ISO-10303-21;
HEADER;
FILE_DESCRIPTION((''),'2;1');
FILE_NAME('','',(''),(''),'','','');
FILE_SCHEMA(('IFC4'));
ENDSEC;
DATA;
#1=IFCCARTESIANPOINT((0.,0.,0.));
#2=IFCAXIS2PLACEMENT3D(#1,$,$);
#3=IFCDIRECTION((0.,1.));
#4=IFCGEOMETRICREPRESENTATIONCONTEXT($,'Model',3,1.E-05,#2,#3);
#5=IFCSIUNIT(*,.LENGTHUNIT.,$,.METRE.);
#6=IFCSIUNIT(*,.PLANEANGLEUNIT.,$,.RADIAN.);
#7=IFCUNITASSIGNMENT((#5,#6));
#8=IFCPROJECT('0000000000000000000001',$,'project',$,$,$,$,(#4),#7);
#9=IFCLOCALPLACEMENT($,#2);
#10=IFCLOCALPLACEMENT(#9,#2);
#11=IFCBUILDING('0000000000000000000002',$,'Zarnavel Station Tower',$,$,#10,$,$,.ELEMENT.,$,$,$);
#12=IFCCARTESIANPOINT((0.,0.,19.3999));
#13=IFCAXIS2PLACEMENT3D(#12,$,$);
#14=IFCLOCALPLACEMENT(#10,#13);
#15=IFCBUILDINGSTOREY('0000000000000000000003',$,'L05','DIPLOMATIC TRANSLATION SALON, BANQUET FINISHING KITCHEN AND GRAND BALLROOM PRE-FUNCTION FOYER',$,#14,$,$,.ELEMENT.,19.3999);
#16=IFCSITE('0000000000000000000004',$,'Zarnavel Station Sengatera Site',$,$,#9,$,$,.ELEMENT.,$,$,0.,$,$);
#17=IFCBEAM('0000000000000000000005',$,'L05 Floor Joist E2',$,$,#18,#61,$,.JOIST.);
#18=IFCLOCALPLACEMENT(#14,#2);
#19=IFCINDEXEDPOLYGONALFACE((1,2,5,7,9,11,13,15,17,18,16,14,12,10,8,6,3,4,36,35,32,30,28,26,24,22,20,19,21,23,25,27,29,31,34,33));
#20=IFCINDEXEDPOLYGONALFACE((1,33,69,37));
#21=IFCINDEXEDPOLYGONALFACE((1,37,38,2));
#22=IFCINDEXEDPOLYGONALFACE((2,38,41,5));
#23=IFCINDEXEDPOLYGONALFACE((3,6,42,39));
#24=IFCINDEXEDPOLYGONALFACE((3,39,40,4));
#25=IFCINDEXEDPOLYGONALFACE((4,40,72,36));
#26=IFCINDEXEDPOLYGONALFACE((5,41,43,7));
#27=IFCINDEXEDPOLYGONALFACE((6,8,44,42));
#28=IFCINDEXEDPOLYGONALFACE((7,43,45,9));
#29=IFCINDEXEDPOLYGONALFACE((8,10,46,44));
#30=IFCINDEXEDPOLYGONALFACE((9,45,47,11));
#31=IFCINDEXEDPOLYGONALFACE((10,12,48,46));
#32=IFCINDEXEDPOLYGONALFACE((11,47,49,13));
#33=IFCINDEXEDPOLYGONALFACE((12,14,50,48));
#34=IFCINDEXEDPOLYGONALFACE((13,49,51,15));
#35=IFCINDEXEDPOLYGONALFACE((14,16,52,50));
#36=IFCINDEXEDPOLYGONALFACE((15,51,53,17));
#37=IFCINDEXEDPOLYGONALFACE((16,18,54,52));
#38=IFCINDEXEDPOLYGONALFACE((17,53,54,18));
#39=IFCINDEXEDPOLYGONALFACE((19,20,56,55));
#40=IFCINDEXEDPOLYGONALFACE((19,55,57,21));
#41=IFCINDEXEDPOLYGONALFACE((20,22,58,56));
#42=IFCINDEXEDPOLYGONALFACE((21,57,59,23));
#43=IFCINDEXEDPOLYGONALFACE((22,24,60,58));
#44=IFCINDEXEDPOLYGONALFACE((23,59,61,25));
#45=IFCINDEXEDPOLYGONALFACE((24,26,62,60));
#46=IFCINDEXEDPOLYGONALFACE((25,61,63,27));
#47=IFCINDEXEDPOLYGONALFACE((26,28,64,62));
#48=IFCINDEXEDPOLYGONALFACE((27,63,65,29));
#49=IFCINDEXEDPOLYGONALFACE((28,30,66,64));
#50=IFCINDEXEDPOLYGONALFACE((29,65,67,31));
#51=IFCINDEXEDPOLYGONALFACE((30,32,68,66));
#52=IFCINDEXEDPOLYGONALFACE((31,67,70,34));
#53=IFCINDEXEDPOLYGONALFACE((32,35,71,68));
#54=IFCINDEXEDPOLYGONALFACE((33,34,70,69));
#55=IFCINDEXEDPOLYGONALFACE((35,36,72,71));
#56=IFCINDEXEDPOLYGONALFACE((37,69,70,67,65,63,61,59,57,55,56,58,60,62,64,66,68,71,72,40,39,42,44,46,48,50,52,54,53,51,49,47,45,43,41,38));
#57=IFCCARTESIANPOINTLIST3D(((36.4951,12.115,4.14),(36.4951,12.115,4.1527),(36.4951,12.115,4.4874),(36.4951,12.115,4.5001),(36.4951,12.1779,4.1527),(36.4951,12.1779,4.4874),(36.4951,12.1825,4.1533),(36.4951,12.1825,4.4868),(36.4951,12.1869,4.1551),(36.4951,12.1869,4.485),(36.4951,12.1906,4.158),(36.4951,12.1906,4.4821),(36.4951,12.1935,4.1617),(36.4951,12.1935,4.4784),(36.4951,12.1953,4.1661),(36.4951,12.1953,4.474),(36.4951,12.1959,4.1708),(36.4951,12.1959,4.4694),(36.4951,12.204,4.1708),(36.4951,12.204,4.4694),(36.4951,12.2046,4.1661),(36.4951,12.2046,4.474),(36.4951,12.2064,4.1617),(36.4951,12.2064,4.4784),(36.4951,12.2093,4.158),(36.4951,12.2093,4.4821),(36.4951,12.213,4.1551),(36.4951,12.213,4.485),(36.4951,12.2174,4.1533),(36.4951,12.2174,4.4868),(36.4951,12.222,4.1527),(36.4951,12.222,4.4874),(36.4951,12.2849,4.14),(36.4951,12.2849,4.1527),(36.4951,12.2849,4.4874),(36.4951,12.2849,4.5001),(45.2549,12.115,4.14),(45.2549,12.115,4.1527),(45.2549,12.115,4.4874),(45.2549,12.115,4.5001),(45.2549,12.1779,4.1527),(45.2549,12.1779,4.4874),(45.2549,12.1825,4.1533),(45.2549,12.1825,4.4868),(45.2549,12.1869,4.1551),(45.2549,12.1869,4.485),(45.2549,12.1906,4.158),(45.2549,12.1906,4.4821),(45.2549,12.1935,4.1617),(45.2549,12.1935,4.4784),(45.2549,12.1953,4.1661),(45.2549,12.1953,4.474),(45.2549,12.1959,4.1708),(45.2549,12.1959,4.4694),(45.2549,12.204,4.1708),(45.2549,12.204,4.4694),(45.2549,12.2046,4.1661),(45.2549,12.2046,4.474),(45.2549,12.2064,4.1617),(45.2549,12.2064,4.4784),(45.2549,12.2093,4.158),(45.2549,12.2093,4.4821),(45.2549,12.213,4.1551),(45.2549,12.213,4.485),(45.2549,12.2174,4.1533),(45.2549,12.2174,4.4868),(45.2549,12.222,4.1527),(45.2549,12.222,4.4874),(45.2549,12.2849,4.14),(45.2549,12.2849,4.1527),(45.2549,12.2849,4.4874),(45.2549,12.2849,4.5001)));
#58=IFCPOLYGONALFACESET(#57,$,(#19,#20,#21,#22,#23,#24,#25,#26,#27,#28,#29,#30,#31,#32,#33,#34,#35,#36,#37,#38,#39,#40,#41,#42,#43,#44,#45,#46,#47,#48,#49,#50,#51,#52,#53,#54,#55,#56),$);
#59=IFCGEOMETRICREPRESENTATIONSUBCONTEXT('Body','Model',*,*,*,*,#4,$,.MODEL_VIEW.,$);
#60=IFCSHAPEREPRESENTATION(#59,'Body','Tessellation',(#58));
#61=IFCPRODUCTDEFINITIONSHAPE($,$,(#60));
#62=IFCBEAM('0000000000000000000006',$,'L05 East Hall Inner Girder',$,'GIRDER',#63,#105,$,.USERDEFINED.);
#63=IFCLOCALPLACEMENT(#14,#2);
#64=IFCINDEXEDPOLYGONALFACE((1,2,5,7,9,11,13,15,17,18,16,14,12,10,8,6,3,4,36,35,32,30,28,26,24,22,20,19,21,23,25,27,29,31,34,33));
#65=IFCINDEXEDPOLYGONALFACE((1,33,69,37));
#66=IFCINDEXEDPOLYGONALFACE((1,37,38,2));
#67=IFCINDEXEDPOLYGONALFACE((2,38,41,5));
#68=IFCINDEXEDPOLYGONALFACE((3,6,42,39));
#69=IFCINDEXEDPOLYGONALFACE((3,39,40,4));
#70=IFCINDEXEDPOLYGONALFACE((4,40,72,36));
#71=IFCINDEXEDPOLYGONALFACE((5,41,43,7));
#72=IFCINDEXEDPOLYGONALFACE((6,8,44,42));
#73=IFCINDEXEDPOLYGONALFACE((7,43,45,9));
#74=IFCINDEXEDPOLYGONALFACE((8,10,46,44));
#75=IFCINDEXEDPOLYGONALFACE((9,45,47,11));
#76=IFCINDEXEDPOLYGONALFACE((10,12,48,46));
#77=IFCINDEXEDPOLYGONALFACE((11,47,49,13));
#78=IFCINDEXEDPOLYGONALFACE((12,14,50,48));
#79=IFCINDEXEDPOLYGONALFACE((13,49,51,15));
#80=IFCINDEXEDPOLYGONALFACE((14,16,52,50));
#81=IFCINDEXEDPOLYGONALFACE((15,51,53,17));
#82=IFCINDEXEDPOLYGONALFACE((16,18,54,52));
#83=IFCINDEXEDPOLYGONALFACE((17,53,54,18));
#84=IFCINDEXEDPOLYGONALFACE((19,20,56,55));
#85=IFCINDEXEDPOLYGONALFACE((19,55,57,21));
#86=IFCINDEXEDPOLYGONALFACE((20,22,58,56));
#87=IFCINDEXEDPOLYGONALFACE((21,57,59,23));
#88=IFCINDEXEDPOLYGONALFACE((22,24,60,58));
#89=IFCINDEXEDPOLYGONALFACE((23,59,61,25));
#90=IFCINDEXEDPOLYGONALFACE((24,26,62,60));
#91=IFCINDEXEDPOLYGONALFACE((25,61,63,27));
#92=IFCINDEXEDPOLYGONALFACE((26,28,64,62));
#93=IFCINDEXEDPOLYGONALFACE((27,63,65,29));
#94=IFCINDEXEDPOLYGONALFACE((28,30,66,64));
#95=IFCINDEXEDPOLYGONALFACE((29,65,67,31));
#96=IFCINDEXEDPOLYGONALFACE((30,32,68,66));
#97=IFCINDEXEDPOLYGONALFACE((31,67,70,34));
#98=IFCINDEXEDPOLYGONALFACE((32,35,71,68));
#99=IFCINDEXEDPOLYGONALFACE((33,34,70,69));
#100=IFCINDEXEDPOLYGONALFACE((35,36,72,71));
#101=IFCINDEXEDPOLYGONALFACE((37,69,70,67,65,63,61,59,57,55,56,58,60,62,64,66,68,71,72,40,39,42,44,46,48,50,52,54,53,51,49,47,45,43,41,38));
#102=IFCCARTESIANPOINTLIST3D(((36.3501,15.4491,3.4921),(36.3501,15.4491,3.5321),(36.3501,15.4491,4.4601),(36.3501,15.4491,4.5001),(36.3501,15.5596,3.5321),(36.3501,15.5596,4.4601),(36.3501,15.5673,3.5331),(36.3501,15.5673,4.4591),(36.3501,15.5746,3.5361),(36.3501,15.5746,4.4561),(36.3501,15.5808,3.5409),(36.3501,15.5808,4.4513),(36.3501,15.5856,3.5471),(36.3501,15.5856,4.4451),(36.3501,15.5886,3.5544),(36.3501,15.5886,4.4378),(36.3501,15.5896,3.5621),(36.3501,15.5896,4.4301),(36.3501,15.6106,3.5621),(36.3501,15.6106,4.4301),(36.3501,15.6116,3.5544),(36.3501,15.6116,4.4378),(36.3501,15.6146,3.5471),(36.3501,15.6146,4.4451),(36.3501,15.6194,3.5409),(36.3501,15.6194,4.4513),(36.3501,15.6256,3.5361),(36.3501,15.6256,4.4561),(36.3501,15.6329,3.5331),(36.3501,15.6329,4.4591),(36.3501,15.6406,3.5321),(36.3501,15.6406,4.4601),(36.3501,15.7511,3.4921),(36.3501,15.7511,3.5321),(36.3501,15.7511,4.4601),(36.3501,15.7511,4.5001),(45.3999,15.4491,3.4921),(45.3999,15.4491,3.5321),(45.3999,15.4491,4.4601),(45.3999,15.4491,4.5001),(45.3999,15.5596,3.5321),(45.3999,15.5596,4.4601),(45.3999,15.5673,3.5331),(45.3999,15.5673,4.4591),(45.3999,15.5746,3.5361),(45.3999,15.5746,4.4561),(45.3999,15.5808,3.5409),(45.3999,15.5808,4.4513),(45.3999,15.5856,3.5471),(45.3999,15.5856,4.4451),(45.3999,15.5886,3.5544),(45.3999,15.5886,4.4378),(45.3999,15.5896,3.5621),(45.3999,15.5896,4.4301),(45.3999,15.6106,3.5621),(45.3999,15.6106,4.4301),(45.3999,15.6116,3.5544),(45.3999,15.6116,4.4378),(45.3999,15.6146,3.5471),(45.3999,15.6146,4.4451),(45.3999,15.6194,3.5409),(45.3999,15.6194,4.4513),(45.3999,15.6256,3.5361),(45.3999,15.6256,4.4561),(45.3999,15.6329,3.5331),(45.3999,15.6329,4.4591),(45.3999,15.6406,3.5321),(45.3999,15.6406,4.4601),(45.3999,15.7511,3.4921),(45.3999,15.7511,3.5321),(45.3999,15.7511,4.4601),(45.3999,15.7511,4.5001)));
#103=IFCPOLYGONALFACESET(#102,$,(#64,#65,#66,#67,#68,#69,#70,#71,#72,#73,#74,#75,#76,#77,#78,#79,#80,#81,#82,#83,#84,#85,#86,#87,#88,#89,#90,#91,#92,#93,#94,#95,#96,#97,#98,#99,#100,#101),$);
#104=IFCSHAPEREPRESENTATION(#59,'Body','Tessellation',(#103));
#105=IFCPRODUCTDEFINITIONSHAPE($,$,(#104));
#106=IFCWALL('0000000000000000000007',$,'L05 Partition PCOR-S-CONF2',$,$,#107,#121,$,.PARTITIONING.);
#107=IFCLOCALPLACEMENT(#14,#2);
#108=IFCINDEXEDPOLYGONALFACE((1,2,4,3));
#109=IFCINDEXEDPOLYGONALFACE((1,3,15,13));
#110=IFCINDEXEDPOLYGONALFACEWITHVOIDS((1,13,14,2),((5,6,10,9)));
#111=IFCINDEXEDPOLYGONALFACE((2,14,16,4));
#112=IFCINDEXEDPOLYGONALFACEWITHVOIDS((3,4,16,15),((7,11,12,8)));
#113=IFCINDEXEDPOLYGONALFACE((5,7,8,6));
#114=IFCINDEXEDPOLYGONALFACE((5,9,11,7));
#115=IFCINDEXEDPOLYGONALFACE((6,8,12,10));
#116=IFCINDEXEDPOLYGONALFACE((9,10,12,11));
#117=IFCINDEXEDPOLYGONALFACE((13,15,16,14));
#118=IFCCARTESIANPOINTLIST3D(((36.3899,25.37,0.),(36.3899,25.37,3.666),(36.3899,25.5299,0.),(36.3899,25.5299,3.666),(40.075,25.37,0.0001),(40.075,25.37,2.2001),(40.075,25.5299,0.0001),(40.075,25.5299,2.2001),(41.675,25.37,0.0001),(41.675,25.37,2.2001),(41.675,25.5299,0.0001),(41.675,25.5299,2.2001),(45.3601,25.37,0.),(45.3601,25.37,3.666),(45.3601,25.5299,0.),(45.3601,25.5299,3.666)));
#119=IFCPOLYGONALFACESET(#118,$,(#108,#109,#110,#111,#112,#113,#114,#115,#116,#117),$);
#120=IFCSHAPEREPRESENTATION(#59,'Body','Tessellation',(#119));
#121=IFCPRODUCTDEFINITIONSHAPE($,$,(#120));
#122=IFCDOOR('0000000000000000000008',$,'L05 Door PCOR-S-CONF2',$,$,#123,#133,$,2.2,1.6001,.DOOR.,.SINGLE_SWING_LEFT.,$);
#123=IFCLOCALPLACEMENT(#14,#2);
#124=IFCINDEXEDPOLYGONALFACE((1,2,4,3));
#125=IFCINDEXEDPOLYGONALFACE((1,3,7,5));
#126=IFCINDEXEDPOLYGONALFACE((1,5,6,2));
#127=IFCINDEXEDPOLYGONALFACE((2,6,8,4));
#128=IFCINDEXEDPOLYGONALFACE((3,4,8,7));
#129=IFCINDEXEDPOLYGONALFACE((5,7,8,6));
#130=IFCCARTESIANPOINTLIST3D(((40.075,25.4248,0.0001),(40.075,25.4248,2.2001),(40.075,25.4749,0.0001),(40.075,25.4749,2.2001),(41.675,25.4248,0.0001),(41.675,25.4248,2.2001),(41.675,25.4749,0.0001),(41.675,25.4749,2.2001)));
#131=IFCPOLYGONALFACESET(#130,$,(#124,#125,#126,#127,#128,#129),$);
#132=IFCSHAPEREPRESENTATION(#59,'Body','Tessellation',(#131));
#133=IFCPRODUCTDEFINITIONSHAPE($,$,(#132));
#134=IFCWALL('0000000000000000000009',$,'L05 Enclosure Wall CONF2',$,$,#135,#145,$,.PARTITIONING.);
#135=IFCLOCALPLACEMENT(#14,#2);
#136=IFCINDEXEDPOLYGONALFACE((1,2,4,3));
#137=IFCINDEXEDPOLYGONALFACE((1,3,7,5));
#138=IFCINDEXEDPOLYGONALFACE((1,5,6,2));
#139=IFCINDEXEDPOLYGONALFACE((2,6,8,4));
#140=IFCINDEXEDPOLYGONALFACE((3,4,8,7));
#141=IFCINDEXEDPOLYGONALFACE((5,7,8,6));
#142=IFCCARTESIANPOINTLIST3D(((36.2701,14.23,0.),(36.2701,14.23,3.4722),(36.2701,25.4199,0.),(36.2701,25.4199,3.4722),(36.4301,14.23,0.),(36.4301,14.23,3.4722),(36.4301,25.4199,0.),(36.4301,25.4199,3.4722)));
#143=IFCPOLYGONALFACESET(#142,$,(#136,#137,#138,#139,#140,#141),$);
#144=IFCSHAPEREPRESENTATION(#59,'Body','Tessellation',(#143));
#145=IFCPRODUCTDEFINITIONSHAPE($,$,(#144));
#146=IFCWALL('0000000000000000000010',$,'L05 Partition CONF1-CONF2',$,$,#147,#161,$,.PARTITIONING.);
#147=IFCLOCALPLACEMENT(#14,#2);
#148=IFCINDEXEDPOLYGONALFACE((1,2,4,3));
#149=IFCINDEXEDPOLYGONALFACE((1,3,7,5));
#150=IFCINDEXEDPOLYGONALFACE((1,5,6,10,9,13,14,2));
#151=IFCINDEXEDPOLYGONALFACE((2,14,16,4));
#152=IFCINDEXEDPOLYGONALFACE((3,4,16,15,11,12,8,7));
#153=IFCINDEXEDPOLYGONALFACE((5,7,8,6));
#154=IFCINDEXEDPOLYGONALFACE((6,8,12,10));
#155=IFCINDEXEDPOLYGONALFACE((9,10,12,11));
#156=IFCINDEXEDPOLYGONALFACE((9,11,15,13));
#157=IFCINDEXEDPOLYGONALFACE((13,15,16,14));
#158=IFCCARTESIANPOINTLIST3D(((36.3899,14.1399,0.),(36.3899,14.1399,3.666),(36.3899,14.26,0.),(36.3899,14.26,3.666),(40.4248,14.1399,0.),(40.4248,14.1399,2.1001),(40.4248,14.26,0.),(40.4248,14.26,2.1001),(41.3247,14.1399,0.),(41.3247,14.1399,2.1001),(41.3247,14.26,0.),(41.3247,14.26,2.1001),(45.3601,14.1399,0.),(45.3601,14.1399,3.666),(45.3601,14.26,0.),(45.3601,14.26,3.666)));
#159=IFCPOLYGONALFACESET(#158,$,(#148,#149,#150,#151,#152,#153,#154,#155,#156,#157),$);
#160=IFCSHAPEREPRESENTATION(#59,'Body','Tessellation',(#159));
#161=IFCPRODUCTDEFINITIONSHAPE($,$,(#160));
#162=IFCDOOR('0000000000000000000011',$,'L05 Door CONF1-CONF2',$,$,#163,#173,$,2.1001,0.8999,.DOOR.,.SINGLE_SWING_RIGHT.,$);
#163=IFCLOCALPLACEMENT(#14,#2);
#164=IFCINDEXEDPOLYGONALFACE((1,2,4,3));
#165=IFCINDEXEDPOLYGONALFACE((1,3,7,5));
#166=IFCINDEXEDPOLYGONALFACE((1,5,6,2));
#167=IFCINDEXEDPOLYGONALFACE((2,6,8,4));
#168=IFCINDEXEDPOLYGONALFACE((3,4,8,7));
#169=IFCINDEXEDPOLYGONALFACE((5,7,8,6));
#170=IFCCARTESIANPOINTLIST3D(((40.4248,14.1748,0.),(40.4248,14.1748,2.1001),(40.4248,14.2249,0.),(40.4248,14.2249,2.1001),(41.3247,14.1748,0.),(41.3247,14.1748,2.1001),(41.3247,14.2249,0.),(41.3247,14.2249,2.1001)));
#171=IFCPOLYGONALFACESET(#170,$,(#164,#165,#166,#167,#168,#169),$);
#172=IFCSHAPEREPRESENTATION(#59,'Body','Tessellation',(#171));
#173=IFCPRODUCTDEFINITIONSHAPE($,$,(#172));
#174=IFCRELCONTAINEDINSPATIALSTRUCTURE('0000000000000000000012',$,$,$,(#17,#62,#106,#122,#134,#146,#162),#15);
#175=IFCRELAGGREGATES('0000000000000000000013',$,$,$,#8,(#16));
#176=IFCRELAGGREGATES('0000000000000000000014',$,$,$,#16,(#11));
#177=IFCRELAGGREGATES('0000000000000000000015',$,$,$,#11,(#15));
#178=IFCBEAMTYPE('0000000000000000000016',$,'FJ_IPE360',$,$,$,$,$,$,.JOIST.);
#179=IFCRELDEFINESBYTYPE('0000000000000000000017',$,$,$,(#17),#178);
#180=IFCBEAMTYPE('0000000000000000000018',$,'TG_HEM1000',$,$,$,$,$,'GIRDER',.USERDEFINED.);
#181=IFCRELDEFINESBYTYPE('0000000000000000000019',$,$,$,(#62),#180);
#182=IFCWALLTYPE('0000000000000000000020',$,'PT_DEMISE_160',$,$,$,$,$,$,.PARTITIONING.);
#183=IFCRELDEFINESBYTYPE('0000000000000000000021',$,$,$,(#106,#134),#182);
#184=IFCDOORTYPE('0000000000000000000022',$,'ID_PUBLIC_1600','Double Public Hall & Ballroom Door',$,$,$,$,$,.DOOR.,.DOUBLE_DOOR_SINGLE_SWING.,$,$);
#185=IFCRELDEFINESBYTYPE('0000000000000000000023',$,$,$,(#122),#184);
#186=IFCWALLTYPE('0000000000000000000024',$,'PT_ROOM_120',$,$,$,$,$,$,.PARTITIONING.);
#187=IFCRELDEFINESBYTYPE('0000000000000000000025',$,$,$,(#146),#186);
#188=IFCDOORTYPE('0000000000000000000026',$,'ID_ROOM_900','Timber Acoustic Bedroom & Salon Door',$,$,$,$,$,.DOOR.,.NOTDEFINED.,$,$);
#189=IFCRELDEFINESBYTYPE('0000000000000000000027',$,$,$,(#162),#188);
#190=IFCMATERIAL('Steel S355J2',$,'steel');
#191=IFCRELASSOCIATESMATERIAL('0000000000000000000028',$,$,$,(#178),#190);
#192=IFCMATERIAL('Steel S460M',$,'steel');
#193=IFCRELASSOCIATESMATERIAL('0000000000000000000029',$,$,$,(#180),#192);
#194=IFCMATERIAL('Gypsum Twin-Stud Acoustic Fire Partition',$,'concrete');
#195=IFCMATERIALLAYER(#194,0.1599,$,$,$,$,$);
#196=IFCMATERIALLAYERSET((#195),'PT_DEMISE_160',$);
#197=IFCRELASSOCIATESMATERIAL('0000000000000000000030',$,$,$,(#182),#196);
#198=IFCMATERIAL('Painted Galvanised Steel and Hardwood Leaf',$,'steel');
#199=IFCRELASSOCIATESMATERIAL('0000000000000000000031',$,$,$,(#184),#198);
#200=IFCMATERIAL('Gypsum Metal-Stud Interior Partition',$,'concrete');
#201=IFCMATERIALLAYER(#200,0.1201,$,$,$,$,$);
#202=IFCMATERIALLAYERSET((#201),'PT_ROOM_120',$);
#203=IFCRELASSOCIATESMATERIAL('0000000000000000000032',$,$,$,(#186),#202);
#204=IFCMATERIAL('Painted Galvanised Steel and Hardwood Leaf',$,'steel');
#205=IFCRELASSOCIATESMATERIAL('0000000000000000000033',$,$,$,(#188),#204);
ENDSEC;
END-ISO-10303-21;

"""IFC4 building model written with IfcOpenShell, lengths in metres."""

from ifc_helpers import new_model, si_unit, direction, frame, frame_2d, origin, origin_2d, place, context, subcontext, project, spatial, rectangle, i_section, extrude, material, layer, layer_set, material_profile, profile_set, type_object, element, fill, save


model = new_model("IFC4")

# Units and contexts
model_context = context("Model", 3, precision=1e-05, world=origin(), true_north=direction((0.0, 1.0)))
body_context = subcontext(model_context, "Body", "Model", "MODEL_VIEW")
ifc_project = project(units=[si_unit("LENGTHUNIT", "METRE"), si_unit("PLANEANGLEUNIT", "RADIAN")], contexts=[model_context])

# Site, building, storey
site_placement = place(None, origin())
site = spatial("IfcSite", under=ifc_project, at=site_placement, Name="Zarnavel Station Sengatera Site", CompositionType="ELEMENT", RefElevation=0.0)
building_placement = place(site_placement, origin())
building = spatial("IfcBuilding", under=site, at=building_placement, Name="Zarnavel Station Tower", CompositionType="ELEMENT")
storey_placement = place(building_placement, frame((0.0, 0.0, 19.3999)))
storey = spatial("IfcBuildingStorey", under=building, at=storey_placement, Name="L05", Description="DIPLOMATIC TRANSLATION SALON, BANQUET FINISHING KITCHEN AND GRAND BALLROOM PRE-FUNCTION FOYER", CompositionType="ELEMENT", Elevation=19.3999)

# Beams
ifc_material_1 = material(Name="Steel S355J2", Category="steel")
ifc_material_profile_1 = material_profile(ifc_material_1, i_section(OverallWidth=0.1699, OverallDepth=0.3601, WebThickness=0.0081, FlangeThickness=0.0127, FilletRadius=0.0181, at=origin_2d()), Name="IPE360")
ifc_profile_set_1 = profile_set([ifc_material_profile_1], Name="Steel S355J2")
beam_type_1 = type_object("IfcBeamType", Name="FJ_IPE360", PredefinedType="JOIST", material=ifc_profile_set_1)
for number, where, z_axis, x_axis, name in (
    (1, (36.4951, 12.2, 4.3201), (1.0, 0.0, 0.0), (0.0, 1.0, 0.0), "L05 Floor Joist E2"),
):
    element("IfcBeam", number, at=place(storey_placement, frame(where, z_axis=z_axis, x_axis=x_axis)), inside=storey, type_object=beam_type_1, Name=name, PredefinedType="JOIST", context=body_context, shape_type="SweptSolid", body=[
        extrude(i_section(OverallWidth=0.1699, OverallDepth=0.3601, WebThickness=0.0081, FlangeThickness=0.0127, FilletRadius=0.0181, at=origin_2d()), origin(), (0.0, 0.0, 1.0), 8.7598),
    ])
ifc_material_2 = material(Name="Steel S460M", Category="steel")
ifc_material_profile_2 = material_profile(ifc_material_2, i_section(OverallWidth=0.302, OverallDepth=1.0081, WebThickness=0.021, FlangeThickness=0.04, FilletRadius=0.03, at=origin_2d()), Name="HEM1000")
ifc_profile_set_2 = profile_set([ifc_material_profile_2], Name="Steel S460M")
beam_type_2 = type_object("IfcBeamType", Name="TG_HEM1000", ElementType="GIRDER", PredefinedType="USERDEFINED", material=ifc_profile_set_2)
beam_1_placement = place(storey_placement, frame((36.3501, 15.6001, 3.9961), z_axis=(1.0, 0.0, 0.0), x_axis=(0.0, 1.0, 0.0)))
element("IfcBeam", 2, at=beam_1_placement, inside=storey, type_object=beam_type_2, Name="L05 East Hall Inner Girder", ObjectType="GIRDER", PredefinedType="USERDEFINED", context=body_context, shape_type="SweptSolid", body=[
    extrude(i_section(OverallWidth=0.302, OverallDepth=1.0081, WebThickness=0.021, FlangeThickness=0.04, FilletRadius=0.03, at=origin_2d()), origin(), (0.0, 0.0, 1.0), 9.0498),
])

# Wall, opening, door
ifc_material_3 = material(Name="Gypsum Twin-Stud Acoustic Fire Partition", Category="concrete")
ifc_layer_1 = layer(ifc_material_3, 0.1599)
ifc_layer_set_1 = layer_set([ifc_layer_1], Name="PT_DEMISE_160")
wall_type_1 = type_object("IfcWallType", Name="PT_DEMISE_160", PredefinedType="PARTITIONING", material=ifc_layer_set_1)
wall_1_placement = place(storey_placement, frame((36.3899, 25.45, 0.0), z_axis=(0.0, 0.0, 1.0), x_axis=(1.0, 0.0, 0.0)))
wall_1 = element("IfcWall", 3, at=wall_1_placement, inside=storey, type_object=wall_type_1, Name="L05 Partition PCOR-S-CONF2", PredefinedType="PARTITIONING", context=body_context, shape_type="SweptSolid", body=[
    extrude(rectangle(XDim=8.9702, YDim=0.1599, at=frame_2d((4.4851, 0.0))), origin(), (0.0, 0.0, 1.0), 3.666),
])
opening_1_placement = place(wall_1_placement, frame((3.6851, 0.0, 0.0)))
opening_1 = element("IfcOpeningElement", 4, at=opening_1_placement, cuts=wall_1, PredefinedType="OPENING", context=body_context, shape_type="SweptSolid", body=[
    extrude(rectangle(XDim=1.6001, YDim=2.2, at=frame_2d((0.8, 1.1001))), frame((0.0, 0.0898, 0.0), z_axis=(0.0, -1.0, 0.0), x_axis=(1.0, 0.0, 0.0)), (0.0, 0.0, 1.0), 0.1799),
])
ifc_material_4 = material(Name="Painted Galvanised Steel and Hardwood Leaf", Category="steel")
door_type_1 = type_object("IfcDoorType", Name="ID_PUBLIC_1600", Description="Double Public Hall & Ballroom Door", OperationType="DOUBLE_DOOR_SINGLE_SWING", PredefinedType="DOOR", material=ifc_material_4)
door_1_placement = place(opening_1_placement, origin())
door_1 = element("IfcDoor", 5, at=door_1_placement, inside=storey, type_object=door_type_1, Name="L05 Door PCOR-S-CONF2", OperationType="SINGLE_SWING_LEFT", OverallHeight=2.2, OverallWidth=1.6001, PredefinedType="DOOR", context=body_context, shape_type="SweptSolid", body=[
    extrude(rectangle(XDim=1.6001, YDim=2.2, at=frame_2d((0.8, 1.1001))), frame((0.0, 0.0249, 0.0), z_axis=(0.0, -1.0, 0.0), x_axis=(1.0, 0.0, 0.0)), (0.0, 0.0, 1.0), 0.05),
])
fill(opening_1, door_1)

# Wall
wall_2_placement = place(storey_placement, frame((36.3501, 14.23, 0.0), z_axis=(0.0, 0.0, 1.0), x_axis=(0.0, 1.0, 0.0)))
element("IfcWall", 6, at=wall_2_placement, inside=storey, type_object=wall_type_1, Name="L05 Enclosure Wall CONF2", PredefinedType="PARTITIONING", context=body_context, shape_type="SweptSolid", body=[
    extrude(rectangle(XDim=11.1899, YDim=0.1599, at=frame_2d((5.595, 0.0))), origin(), (0.0, 0.0, 1.0), 3.4722),
])

# Wall, opening, door
ifc_material_5 = material(Name="Gypsum Metal-Stud Interior Partition", Category="concrete")
ifc_layer_2 = layer(ifc_material_5, 0.1201)
ifc_layer_set_2 = layer_set([ifc_layer_2], Name="PT_ROOM_120")
wall_type_2 = type_object("IfcWallType", Name="PT_ROOM_120", PredefinedType="PARTITIONING", material=ifc_layer_set_2)
wall_3_placement = place(storey_placement, frame((36.3899, 14.2, 0.0), z_axis=(0.0, 0.0, 1.0), x_axis=(1.0, 0.0, 0.0)))
wall_3 = element("IfcWall", 7, at=wall_3_placement, inside=storey, type_object=wall_type_2, Name="L05 Partition CONF1-CONF2", PredefinedType="PARTITIONING", context=body_context, shape_type="SweptSolid", body=[
    extrude(rectangle(XDim=8.9702, YDim=0.1201, at=frame_2d((4.4851, 0.0))), origin(), (0.0, 0.0, 1.0), 3.666),
])
opening_2_placement = place(wall_3_placement, frame((4.0349, 0.0, 0.0)))
opening_2 = element("IfcOpeningElement", 8, at=opening_2_placement, cuts=wall_3, PredefinedType="OPENING", context=body_context, shape_type="SweptSolid", body=[
    extrude(rectangle(XDim=0.8999, YDim=2.1001, at=frame_2d((0.45, 1.05))), frame((0.0, 0.0701, 0.0), z_axis=(0.0, -1.0, 0.0), x_axis=(1.0, 0.0, 0.0)), (0.0, 0.0, 1.0), 0.1401),
])
ifc_material_6 = material(Name="Painted Galvanised Steel and Hardwood Leaf", Category="steel")
door_type_2 = type_object("IfcDoorType", Name="ID_ROOM_900", Description="Timber Acoustic Bedroom & Salon Door", OperationType="NOTDEFINED", PredefinedType="DOOR", material=ifc_material_6)
door_2_placement = place(opening_2_placement, origin())
door_2 = element("IfcDoor", 9, at=door_2_placement, inside=storey, type_object=door_type_2, Name="L05 Door CONF1-CONF2", OperationType="SINGLE_SWING_RIGHT", OverallHeight=2.1001, OverallWidth=0.8999, PredefinedType="DOOR", context=body_context, shape_type="SweptSolid", body=[
    extrude(rectangle(XDim=0.8999, YDim=2.1001, at=frame_2d((0.45, 1.05))), frame((0.0, 0.0249, 0.0), z_axis=(0.0, -1.0, 0.0), x_axis=(1.0, 0.0, 0.0)), (0.0, 0.0, 1.0), 0.05),
])
fill(opening_2, door_2)

save(model, "model.ifc")
